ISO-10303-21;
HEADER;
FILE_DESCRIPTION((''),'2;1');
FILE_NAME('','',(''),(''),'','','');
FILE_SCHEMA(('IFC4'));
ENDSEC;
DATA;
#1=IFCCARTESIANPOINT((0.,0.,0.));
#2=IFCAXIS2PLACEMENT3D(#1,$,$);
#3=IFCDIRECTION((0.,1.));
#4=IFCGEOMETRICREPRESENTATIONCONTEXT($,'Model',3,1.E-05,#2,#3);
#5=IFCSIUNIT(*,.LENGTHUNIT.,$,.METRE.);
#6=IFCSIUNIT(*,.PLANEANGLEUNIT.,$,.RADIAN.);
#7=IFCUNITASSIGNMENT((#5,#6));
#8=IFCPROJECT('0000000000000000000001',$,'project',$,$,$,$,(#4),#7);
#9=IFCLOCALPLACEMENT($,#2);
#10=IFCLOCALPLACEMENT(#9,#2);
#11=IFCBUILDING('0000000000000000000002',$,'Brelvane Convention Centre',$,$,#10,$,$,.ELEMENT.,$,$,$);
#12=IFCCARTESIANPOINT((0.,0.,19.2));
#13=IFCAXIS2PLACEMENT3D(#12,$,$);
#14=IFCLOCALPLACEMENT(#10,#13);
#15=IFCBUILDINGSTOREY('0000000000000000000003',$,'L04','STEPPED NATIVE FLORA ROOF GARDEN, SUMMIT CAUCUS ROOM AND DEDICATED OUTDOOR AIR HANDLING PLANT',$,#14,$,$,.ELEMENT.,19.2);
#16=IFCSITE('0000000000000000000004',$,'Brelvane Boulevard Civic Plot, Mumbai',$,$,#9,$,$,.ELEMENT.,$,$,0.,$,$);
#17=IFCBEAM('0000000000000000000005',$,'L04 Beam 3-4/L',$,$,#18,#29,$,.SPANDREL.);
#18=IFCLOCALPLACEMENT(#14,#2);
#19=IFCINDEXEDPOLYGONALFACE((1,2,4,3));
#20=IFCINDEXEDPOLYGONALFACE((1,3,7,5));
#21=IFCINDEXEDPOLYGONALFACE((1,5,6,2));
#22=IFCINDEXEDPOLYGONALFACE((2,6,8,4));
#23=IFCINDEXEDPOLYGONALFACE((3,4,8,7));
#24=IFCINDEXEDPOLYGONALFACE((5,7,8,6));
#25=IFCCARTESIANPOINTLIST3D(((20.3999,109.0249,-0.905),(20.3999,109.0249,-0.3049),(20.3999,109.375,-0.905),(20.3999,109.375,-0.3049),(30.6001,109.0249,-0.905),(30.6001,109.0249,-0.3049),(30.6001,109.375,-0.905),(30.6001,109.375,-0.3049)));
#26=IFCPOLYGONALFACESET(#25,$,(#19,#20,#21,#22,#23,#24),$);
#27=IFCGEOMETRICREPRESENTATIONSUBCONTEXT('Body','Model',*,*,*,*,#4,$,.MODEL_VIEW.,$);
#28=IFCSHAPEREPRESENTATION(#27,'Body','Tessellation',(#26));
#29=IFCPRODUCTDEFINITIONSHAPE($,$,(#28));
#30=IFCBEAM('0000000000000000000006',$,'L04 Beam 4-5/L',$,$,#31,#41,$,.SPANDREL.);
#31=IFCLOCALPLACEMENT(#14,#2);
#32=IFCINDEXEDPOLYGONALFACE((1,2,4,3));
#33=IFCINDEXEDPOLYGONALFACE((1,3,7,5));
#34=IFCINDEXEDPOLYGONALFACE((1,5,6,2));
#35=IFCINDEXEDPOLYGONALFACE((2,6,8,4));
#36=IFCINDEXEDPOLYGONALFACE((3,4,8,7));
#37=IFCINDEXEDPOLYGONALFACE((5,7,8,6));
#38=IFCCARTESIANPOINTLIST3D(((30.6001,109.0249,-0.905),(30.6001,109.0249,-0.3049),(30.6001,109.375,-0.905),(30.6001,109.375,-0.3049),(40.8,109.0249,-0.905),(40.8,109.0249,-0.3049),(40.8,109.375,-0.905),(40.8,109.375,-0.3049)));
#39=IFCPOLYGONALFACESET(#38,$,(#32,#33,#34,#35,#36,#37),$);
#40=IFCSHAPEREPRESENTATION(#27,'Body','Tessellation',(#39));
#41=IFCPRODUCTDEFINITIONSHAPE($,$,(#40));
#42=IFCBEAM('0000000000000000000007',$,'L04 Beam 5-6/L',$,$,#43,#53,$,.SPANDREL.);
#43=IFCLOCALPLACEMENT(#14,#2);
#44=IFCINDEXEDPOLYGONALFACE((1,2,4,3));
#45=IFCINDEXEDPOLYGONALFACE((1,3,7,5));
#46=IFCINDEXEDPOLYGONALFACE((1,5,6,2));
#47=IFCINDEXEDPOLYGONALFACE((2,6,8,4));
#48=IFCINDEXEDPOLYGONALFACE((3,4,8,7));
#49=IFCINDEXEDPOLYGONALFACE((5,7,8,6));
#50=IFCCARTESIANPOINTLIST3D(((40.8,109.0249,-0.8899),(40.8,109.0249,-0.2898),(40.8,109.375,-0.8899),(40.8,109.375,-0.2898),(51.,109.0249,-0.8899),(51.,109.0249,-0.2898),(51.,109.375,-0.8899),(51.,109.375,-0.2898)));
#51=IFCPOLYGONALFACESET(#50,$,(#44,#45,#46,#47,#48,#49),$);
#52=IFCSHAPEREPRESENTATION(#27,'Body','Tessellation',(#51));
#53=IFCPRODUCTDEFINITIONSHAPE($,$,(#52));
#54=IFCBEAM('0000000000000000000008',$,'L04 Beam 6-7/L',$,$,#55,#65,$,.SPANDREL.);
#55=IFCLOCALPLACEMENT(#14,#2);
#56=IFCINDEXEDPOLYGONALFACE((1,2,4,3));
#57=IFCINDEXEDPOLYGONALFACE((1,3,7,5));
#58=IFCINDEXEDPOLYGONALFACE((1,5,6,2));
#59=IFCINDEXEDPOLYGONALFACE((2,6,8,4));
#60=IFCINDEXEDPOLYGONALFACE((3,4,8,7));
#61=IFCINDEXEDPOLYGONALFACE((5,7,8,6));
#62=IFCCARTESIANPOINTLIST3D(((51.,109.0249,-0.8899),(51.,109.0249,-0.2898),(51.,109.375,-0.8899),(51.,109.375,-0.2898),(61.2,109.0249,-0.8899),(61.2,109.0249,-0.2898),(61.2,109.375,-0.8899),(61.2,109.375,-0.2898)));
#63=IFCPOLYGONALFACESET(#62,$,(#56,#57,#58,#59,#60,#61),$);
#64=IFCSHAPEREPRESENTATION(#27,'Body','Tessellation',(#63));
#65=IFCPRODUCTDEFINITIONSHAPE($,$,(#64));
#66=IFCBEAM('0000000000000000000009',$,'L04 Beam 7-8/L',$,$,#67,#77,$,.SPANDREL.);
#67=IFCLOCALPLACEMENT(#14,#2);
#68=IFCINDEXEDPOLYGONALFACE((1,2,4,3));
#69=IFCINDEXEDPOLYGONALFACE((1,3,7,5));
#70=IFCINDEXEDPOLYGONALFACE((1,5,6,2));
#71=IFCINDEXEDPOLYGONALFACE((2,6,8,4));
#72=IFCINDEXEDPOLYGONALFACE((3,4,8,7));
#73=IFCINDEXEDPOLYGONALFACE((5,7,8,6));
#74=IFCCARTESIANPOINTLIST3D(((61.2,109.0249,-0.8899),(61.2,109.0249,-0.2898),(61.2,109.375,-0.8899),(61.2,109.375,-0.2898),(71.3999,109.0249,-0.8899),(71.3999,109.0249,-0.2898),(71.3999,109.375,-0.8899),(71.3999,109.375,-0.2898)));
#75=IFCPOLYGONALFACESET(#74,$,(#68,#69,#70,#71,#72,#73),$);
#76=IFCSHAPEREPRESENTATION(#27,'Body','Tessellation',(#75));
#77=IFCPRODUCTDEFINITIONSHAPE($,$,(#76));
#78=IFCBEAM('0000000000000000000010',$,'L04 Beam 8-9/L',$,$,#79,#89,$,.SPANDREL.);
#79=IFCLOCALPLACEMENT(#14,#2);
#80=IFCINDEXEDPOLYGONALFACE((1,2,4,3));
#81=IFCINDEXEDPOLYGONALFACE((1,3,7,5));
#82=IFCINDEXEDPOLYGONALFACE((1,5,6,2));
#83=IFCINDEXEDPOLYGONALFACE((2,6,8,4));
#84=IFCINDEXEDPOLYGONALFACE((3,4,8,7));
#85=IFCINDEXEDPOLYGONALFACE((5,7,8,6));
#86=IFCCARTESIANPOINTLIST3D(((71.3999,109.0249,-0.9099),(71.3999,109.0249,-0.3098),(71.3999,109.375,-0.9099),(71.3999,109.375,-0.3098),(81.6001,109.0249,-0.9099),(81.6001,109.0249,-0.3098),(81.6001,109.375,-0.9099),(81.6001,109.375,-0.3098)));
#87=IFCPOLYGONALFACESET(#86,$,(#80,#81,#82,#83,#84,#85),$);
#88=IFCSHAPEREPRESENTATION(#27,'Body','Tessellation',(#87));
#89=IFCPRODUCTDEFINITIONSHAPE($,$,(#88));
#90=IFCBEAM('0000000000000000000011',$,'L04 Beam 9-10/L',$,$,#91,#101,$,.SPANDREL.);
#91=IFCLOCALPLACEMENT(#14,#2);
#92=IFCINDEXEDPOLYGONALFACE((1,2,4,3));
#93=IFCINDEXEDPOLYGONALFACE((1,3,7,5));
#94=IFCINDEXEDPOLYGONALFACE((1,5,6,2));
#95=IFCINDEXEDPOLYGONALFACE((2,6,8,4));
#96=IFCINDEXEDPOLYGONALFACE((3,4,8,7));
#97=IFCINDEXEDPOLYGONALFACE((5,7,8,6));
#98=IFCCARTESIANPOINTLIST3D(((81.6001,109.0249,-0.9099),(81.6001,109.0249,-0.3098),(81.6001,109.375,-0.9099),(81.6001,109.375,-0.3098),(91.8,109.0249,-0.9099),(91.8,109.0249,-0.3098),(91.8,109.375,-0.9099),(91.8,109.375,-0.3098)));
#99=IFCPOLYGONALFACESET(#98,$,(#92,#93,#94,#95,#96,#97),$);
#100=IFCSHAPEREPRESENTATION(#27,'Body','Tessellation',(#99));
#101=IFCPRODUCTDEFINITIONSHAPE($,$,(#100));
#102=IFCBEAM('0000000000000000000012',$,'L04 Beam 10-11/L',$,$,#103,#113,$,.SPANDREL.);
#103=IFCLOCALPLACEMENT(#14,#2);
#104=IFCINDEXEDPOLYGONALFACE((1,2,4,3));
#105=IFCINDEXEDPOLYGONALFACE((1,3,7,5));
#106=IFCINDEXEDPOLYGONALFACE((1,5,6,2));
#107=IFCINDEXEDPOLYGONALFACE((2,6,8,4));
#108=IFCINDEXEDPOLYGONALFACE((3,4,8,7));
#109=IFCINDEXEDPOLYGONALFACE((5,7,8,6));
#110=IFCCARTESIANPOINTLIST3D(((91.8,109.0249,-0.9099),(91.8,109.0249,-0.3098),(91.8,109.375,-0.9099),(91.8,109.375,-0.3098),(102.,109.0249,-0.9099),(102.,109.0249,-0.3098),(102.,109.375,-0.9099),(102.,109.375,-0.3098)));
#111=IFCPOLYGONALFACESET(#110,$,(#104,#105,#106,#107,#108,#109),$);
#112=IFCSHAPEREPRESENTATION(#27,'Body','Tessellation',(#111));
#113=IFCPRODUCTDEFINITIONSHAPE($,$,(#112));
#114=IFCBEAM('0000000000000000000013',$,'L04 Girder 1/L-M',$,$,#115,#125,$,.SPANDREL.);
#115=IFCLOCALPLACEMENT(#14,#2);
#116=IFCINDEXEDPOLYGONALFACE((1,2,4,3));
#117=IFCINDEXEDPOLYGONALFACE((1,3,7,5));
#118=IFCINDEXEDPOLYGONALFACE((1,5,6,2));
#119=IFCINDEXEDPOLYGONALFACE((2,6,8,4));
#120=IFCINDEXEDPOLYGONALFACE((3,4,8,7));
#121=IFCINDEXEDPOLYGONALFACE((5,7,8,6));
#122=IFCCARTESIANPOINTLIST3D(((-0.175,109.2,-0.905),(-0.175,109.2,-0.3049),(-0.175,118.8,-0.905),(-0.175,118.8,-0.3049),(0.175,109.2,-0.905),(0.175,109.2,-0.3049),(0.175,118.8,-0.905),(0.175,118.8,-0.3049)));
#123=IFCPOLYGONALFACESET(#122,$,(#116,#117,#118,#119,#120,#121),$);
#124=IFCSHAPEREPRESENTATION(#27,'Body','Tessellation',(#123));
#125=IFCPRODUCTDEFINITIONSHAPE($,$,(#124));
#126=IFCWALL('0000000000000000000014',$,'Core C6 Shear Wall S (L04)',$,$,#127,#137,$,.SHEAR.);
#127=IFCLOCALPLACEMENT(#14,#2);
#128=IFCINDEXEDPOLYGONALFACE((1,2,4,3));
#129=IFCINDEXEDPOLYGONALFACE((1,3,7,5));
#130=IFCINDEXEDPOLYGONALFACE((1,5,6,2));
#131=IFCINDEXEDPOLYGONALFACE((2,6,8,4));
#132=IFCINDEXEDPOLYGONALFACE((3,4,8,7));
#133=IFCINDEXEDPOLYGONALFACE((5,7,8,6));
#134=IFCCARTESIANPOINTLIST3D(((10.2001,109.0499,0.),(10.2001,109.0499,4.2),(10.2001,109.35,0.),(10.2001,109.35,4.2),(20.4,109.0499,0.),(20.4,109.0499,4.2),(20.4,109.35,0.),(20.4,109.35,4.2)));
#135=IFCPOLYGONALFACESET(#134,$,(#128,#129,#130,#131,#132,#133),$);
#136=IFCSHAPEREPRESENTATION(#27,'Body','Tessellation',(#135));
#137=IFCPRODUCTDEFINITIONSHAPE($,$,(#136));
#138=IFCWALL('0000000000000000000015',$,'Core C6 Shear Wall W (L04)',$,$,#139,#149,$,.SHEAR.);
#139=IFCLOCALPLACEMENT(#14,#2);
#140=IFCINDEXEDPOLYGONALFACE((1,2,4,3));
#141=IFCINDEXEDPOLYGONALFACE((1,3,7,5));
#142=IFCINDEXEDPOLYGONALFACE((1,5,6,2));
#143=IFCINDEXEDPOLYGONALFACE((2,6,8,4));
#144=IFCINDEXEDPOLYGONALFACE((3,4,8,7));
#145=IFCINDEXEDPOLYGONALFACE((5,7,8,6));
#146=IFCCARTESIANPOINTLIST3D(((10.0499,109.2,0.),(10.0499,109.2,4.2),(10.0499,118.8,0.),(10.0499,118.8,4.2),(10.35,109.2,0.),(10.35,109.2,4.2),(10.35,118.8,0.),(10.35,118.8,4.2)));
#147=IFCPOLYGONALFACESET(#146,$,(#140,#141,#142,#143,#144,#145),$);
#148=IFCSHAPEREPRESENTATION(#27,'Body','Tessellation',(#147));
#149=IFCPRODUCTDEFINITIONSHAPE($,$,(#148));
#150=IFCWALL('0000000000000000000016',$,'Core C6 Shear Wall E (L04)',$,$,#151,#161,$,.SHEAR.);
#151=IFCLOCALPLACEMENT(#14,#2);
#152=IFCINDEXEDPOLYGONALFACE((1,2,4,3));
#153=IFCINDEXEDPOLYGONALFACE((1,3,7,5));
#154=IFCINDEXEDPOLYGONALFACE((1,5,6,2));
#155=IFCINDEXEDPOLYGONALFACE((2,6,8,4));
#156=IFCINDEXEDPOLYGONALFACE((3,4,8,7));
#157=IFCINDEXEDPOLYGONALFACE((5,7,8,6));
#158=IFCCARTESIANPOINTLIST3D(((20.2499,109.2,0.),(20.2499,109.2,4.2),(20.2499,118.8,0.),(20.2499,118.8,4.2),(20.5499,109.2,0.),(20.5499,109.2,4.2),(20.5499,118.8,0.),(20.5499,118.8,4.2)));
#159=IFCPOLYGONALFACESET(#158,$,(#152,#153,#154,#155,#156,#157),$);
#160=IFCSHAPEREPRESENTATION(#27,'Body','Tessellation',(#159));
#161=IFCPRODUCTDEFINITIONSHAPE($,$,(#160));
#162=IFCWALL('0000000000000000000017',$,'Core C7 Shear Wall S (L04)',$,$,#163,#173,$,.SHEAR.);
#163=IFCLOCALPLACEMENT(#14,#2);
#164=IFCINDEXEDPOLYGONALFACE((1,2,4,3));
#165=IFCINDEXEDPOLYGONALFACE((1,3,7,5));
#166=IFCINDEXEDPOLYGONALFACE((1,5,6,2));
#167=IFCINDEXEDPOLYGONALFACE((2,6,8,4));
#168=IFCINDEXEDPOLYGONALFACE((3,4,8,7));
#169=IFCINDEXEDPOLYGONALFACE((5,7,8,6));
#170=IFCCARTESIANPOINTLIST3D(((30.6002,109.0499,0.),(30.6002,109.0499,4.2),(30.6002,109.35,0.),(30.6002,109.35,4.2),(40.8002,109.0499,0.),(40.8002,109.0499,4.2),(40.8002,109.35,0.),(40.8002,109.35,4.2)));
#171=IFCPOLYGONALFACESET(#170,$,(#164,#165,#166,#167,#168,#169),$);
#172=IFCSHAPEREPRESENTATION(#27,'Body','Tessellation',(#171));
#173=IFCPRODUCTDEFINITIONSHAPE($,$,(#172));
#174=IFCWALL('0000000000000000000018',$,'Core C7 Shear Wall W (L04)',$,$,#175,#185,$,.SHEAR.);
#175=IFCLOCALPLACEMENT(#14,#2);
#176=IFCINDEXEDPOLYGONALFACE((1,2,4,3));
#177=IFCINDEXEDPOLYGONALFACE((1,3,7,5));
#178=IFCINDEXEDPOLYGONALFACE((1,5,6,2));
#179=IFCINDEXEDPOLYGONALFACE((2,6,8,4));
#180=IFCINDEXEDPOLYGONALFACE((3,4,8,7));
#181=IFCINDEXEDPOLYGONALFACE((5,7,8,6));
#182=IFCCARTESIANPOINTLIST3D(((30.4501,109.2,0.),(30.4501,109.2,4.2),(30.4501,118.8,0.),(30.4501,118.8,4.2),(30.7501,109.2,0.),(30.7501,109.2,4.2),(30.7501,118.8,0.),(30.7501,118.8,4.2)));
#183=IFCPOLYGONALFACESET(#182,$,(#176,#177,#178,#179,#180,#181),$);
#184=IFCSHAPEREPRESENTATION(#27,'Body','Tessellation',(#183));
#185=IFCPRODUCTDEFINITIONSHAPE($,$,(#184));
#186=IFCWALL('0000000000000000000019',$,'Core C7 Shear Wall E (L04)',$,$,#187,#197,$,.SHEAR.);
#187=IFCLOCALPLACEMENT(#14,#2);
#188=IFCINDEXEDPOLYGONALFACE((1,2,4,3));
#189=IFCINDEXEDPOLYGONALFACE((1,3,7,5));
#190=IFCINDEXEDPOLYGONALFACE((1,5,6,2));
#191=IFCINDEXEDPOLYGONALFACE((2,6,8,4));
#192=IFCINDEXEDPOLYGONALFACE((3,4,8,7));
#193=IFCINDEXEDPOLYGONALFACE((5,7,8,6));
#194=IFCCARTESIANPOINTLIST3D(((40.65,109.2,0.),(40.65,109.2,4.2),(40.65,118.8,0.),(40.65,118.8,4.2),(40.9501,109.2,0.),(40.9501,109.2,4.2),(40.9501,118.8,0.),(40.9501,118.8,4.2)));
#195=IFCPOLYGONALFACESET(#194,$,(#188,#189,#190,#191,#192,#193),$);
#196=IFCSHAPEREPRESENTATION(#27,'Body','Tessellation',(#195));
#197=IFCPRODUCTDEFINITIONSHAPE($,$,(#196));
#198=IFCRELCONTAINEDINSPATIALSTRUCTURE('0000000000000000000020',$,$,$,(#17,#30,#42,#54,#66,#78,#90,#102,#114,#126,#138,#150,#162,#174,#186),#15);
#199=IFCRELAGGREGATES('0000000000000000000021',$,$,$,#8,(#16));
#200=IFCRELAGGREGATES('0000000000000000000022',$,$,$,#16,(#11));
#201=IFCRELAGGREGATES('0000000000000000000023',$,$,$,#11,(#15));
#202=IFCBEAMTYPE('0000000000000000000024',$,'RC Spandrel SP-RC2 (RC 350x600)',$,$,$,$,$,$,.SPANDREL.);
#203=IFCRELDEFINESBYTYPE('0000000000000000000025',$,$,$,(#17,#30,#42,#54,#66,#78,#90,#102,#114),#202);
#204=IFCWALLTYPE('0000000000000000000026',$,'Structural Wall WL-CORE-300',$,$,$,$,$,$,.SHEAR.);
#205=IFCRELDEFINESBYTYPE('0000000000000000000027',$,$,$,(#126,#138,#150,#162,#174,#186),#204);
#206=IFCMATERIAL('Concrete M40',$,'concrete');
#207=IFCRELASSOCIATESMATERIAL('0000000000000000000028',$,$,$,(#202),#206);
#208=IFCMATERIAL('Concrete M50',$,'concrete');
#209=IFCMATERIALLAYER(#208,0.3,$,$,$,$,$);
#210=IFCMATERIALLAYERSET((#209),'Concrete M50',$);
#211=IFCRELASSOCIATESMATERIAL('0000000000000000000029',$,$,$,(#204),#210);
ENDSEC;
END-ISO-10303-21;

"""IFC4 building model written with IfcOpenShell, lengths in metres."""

from ifc_helpers import new_model, si_unit, direction, frame, frame_2d, origin, origin_2d, place, context, subcontext, project, spatial, rectangle, extrude, material, layer, layer_set, material_profile, profile_set, type_object, element, save


model = new_model("IFC4")

# Units and contexts
model_context = context("Model", 3, precision=1e-05, world=origin(), true_north=direction((0.0, 1.0)))
body_context = subcontext(model_context, "Body", "Model", "MODEL_VIEW")
ifc_project = project(units=[si_unit("LENGTHUNIT", "METRE"), si_unit("PLANEANGLEUNIT", "RADIAN")], contexts=[model_context])

# Site, building, storey
site_placement = place(None, origin())
site = spatial("IfcSite", under=ifc_project, at=site_placement, Name="Brelvane Boulevard Civic Plot, Mumbai", CompositionType="ELEMENT", RefElevation=0.0)
building_placement = place(site_placement, origin())
building = spatial("IfcBuilding", under=site, at=building_placement, Name="Brelvane Convention Centre", CompositionType="ELEMENT")
storey_placement = place(building_placement, frame((0.0, 0.0, 19.2)))
storey = spatial("IfcBuildingStorey", under=building, at=storey_placement, Name="L04", Description="STEPPED NATIVE FLORA ROOF GARDEN, SUMMIT CAUCUS ROOM AND DEDICATED OUTDOOR AIR HANDLING PLANT", CompositionType="ELEMENT", Elevation=19.2)

# Beams
ifc_material_1 = material(Name="Concrete M40", Category="concrete")
ifc_material_profile_1 = material_profile(ifc_material_1, rectangle(XDim=0.3501, YDim=0.6001, at=origin_2d()), Name="RC 350x600")
ifc_profile_set_1 = profile_set([ifc_material_profile_1], Name="Concrete M40")
beam_type_1 = type_object("IfcBeamType", Name="RC Spandrel SP-RC2 (RC 350x600)", PredefinedType="SPANDREL", material=ifc_profile_set_1)
beam_1_placement = place(storey_placement, frame((20.3999, 109.2, -0.605), z_axis=(1.0, 0.0, 0.0), x_axis=(0.0, 1.0, 0.0)))
element("IfcBeam", 1, at=beam_1_placement, inside=storey, type_object=beam_type_1, Name="L04 Beam 3-4/L", PredefinedType="SPANDREL", context=body_context, shape_type="SweptSolid", body=[
    extrude(rectangle(XDim=0.3501, YDim=0.6001, at=origin_2d()), origin(), (0.0, 0.0, 1.0), 10.2002),
])
for number, where, z_axis, x_axis, name in (
    (2, (30.6001, 109.2, -0.605), (1.0, 0.0, 0.0), (0.0, 1.0, 0.0), "L04 Beam 4-5/L"),
    (3, (40.8, 109.2, -0.5898), (1.0, 0.0, 0.0), (0.0, 1.0, 0.0), "L04 Beam 5-6/L"),
    (4, (51.0, 109.2, -0.5898), (1.0, 0.0, 0.0), (0.0, 1.0, 0.0), "L04 Beam 6-7/L"),
    (5, (61.2, 109.2, -0.5898), (1.0, 0.0, 0.0), (0.0, 1.0, 0.0), "L04 Beam 7-8/L"),
):
    element("IfcBeam", number, at=place(storey_placement, frame(where, z_axis=z_axis, x_axis=x_axis)), inside=storey, type_object=beam_type_1, Name=name, PredefinedType="SPANDREL", context=body_context, shape_type="SweptSolid", body=[
        extrude(rectangle(XDim=0.3501, YDim=0.6001, at=origin_2d()), origin(), (0.0, 0.0, 1.0), 10.2),
    ])
beam_2_placement = place(storey_placement, frame((71.3999, 109.2, -0.6099), z_axis=(1.0, 0.0, 0.0), x_axis=(0.0, 1.0, 0.0)))
element("IfcBeam", 6, at=beam_2_placement, inside=storey, type_object=beam_type_1, Name="L04 Beam 8-9/L", PredefinedType="SPANDREL", context=body_context, shape_type="SweptSolid", body=[
    extrude(rectangle(XDim=0.3501, YDim=0.6001, at=origin_2d()), origin(), (0.0, 0.0, 1.0), 10.2002),
])
for number, where, z_axis, x_axis, name in (
    (7, (81.6001, 109.2, -0.6099), (1.0, 0.0, 0.0), (0.0, 1.0, 0.0), "L04 Beam 9-10/L"),
    (8, (91.8, 109.2, -0.6099), (1.0, 0.0, 0.0), (0.0, 1.0, 0.0), "L04 Beam 10-11/L"),
):
    element("IfcBeam", number, at=place(storey_placement, frame(where, z_axis=z_axis, x_axis=x_axis)), inside=storey, type_object=beam_type_1, Name=name, PredefinedType="SPANDREL", context=body_context, shape_type="SweptSolid", body=[
        extrude(rectangle(XDim=0.3501, YDim=0.6001, at=origin_2d()), origin(), (0.0, 0.0, 1.0), 10.2),
    ])
beam_3_placement = place(storey_placement, frame((0.0, 109.2, -0.605), z_axis=(0.0, 1.0, 0.0), x_axis=(-1.0, 0.0, 0.0)))
element("IfcBeam", 9, at=beam_3_placement, inside=storey, type_object=beam_type_1, Name="L04 Girder 1/L-M", PredefinedType="SPANDREL", context=body_context, shape_type="SweptSolid", body=[
    extrude(rectangle(XDim=0.3501, YDim=0.6001, at=origin_2d()), origin(), (0.0, 0.0, 1.0), 9.6001),
])

# Walls
ifc_material_2 = material(Name="Concrete M50", Category="concrete")
ifc_layer = layer(ifc_material_2, 0.3)
ifc_layer_set = layer_set([ifc_layer], Name="Concrete M50")
wall_type = type_object("IfcWallType", Name="Structural Wall WL-CORE-300", PredefinedType="SHEAR", material=ifc_layer_set)
wall_1_placement = place(storey_placement, frame((10.2, 109.2, 0.0), z_axis=(0.0, 0.0, 1.0), x_axis=(1.0, 0.0, 0.0)))
element("IfcWall", 10, at=wall_1_placement, inside=storey, type_object=wall_type, Name="Core C6 Shear Wall S (L04)", PredefinedType="SHEAR", context=body_context, shape_type="SweptSolid", body=[
    extrude(rectangle(XDim=10.2, YDim=0.3, at=frame_2d((5.1001, 0.0))), origin(), (0.0, 0.0, 1.0), 4.2),
])
for number, where, z_axis, x_axis, name in (
    (11, (10.2, 109.2, 0.0), (0.0, 0.0, 1.0), (0.0, 1.0, 0.0), "Core C6 Shear Wall W (L04)"),
    (12, (20.3999, 109.2, 0.0), (0.0, 0.0, 1.0), (0.0, 1.0, 0.0), "Core C6 Shear Wall E (L04)"),
):
    element("IfcWall", number, at=place(storey_placement, frame(where, z_axis=z_axis, x_axis=x_axis)), inside=storey, type_object=wall_type, Name=name, PredefinedType="SHEAR", context=body_context, shape_type="SweptSolid", body=[
        extrude(rectangle(XDim=9.6001, YDim=0.3, at=frame_2d((4.8, 0.0))), origin(), (0.0, 0.0, 1.0), 4.2),
    ])
wall_2_placement = place(storey_placement, frame((30.6001, 109.2, 0.0), z_axis=(0.0, 0.0, 1.0), x_axis=(1.0, 0.0, 0.0)))
element("IfcWall", 13, at=wall_2_placement, inside=storey, type_object=wall_type, Name="Core C7 Shear Wall S (L04)", PredefinedType="SHEAR", context=body_context, shape_type="SweptSolid", body=[
    extrude(rectangle(XDim=10.2, YDim=0.3, at=frame_2d((5.1001, 0.0))), origin(), (0.0, 0.0, 1.0), 4.2),
])
for number, where, z_axis, x_axis, name in (
    (14, (30.6001, 109.2, 0.0), (0.0, 0.0, 1.0), (0.0, 1.0, 0.0), "Core C7 Shear Wall W (L04)"),
    (15, (40.8, 109.2, 0.0), (0.0, 0.0, 1.0), (0.0, 1.0, 0.0), "Core C7 Shear Wall E (L04)"),
):
    element("IfcWall", number, at=place(storey_placement, frame(where, z_axis=z_axis, x_axis=x_axis)), inside=storey, type_object=wall_type, Name=name, PredefinedType="SHEAR", context=body_context, shape_type="SweptSolid", body=[
        extrude(rectangle(XDim=9.6001, YDim=0.3, at=frame_2d((4.8, 0.0))), origin(), (0.0, 0.0, 1.0), 4.2),
    ])

save(model, "model.ifc")
